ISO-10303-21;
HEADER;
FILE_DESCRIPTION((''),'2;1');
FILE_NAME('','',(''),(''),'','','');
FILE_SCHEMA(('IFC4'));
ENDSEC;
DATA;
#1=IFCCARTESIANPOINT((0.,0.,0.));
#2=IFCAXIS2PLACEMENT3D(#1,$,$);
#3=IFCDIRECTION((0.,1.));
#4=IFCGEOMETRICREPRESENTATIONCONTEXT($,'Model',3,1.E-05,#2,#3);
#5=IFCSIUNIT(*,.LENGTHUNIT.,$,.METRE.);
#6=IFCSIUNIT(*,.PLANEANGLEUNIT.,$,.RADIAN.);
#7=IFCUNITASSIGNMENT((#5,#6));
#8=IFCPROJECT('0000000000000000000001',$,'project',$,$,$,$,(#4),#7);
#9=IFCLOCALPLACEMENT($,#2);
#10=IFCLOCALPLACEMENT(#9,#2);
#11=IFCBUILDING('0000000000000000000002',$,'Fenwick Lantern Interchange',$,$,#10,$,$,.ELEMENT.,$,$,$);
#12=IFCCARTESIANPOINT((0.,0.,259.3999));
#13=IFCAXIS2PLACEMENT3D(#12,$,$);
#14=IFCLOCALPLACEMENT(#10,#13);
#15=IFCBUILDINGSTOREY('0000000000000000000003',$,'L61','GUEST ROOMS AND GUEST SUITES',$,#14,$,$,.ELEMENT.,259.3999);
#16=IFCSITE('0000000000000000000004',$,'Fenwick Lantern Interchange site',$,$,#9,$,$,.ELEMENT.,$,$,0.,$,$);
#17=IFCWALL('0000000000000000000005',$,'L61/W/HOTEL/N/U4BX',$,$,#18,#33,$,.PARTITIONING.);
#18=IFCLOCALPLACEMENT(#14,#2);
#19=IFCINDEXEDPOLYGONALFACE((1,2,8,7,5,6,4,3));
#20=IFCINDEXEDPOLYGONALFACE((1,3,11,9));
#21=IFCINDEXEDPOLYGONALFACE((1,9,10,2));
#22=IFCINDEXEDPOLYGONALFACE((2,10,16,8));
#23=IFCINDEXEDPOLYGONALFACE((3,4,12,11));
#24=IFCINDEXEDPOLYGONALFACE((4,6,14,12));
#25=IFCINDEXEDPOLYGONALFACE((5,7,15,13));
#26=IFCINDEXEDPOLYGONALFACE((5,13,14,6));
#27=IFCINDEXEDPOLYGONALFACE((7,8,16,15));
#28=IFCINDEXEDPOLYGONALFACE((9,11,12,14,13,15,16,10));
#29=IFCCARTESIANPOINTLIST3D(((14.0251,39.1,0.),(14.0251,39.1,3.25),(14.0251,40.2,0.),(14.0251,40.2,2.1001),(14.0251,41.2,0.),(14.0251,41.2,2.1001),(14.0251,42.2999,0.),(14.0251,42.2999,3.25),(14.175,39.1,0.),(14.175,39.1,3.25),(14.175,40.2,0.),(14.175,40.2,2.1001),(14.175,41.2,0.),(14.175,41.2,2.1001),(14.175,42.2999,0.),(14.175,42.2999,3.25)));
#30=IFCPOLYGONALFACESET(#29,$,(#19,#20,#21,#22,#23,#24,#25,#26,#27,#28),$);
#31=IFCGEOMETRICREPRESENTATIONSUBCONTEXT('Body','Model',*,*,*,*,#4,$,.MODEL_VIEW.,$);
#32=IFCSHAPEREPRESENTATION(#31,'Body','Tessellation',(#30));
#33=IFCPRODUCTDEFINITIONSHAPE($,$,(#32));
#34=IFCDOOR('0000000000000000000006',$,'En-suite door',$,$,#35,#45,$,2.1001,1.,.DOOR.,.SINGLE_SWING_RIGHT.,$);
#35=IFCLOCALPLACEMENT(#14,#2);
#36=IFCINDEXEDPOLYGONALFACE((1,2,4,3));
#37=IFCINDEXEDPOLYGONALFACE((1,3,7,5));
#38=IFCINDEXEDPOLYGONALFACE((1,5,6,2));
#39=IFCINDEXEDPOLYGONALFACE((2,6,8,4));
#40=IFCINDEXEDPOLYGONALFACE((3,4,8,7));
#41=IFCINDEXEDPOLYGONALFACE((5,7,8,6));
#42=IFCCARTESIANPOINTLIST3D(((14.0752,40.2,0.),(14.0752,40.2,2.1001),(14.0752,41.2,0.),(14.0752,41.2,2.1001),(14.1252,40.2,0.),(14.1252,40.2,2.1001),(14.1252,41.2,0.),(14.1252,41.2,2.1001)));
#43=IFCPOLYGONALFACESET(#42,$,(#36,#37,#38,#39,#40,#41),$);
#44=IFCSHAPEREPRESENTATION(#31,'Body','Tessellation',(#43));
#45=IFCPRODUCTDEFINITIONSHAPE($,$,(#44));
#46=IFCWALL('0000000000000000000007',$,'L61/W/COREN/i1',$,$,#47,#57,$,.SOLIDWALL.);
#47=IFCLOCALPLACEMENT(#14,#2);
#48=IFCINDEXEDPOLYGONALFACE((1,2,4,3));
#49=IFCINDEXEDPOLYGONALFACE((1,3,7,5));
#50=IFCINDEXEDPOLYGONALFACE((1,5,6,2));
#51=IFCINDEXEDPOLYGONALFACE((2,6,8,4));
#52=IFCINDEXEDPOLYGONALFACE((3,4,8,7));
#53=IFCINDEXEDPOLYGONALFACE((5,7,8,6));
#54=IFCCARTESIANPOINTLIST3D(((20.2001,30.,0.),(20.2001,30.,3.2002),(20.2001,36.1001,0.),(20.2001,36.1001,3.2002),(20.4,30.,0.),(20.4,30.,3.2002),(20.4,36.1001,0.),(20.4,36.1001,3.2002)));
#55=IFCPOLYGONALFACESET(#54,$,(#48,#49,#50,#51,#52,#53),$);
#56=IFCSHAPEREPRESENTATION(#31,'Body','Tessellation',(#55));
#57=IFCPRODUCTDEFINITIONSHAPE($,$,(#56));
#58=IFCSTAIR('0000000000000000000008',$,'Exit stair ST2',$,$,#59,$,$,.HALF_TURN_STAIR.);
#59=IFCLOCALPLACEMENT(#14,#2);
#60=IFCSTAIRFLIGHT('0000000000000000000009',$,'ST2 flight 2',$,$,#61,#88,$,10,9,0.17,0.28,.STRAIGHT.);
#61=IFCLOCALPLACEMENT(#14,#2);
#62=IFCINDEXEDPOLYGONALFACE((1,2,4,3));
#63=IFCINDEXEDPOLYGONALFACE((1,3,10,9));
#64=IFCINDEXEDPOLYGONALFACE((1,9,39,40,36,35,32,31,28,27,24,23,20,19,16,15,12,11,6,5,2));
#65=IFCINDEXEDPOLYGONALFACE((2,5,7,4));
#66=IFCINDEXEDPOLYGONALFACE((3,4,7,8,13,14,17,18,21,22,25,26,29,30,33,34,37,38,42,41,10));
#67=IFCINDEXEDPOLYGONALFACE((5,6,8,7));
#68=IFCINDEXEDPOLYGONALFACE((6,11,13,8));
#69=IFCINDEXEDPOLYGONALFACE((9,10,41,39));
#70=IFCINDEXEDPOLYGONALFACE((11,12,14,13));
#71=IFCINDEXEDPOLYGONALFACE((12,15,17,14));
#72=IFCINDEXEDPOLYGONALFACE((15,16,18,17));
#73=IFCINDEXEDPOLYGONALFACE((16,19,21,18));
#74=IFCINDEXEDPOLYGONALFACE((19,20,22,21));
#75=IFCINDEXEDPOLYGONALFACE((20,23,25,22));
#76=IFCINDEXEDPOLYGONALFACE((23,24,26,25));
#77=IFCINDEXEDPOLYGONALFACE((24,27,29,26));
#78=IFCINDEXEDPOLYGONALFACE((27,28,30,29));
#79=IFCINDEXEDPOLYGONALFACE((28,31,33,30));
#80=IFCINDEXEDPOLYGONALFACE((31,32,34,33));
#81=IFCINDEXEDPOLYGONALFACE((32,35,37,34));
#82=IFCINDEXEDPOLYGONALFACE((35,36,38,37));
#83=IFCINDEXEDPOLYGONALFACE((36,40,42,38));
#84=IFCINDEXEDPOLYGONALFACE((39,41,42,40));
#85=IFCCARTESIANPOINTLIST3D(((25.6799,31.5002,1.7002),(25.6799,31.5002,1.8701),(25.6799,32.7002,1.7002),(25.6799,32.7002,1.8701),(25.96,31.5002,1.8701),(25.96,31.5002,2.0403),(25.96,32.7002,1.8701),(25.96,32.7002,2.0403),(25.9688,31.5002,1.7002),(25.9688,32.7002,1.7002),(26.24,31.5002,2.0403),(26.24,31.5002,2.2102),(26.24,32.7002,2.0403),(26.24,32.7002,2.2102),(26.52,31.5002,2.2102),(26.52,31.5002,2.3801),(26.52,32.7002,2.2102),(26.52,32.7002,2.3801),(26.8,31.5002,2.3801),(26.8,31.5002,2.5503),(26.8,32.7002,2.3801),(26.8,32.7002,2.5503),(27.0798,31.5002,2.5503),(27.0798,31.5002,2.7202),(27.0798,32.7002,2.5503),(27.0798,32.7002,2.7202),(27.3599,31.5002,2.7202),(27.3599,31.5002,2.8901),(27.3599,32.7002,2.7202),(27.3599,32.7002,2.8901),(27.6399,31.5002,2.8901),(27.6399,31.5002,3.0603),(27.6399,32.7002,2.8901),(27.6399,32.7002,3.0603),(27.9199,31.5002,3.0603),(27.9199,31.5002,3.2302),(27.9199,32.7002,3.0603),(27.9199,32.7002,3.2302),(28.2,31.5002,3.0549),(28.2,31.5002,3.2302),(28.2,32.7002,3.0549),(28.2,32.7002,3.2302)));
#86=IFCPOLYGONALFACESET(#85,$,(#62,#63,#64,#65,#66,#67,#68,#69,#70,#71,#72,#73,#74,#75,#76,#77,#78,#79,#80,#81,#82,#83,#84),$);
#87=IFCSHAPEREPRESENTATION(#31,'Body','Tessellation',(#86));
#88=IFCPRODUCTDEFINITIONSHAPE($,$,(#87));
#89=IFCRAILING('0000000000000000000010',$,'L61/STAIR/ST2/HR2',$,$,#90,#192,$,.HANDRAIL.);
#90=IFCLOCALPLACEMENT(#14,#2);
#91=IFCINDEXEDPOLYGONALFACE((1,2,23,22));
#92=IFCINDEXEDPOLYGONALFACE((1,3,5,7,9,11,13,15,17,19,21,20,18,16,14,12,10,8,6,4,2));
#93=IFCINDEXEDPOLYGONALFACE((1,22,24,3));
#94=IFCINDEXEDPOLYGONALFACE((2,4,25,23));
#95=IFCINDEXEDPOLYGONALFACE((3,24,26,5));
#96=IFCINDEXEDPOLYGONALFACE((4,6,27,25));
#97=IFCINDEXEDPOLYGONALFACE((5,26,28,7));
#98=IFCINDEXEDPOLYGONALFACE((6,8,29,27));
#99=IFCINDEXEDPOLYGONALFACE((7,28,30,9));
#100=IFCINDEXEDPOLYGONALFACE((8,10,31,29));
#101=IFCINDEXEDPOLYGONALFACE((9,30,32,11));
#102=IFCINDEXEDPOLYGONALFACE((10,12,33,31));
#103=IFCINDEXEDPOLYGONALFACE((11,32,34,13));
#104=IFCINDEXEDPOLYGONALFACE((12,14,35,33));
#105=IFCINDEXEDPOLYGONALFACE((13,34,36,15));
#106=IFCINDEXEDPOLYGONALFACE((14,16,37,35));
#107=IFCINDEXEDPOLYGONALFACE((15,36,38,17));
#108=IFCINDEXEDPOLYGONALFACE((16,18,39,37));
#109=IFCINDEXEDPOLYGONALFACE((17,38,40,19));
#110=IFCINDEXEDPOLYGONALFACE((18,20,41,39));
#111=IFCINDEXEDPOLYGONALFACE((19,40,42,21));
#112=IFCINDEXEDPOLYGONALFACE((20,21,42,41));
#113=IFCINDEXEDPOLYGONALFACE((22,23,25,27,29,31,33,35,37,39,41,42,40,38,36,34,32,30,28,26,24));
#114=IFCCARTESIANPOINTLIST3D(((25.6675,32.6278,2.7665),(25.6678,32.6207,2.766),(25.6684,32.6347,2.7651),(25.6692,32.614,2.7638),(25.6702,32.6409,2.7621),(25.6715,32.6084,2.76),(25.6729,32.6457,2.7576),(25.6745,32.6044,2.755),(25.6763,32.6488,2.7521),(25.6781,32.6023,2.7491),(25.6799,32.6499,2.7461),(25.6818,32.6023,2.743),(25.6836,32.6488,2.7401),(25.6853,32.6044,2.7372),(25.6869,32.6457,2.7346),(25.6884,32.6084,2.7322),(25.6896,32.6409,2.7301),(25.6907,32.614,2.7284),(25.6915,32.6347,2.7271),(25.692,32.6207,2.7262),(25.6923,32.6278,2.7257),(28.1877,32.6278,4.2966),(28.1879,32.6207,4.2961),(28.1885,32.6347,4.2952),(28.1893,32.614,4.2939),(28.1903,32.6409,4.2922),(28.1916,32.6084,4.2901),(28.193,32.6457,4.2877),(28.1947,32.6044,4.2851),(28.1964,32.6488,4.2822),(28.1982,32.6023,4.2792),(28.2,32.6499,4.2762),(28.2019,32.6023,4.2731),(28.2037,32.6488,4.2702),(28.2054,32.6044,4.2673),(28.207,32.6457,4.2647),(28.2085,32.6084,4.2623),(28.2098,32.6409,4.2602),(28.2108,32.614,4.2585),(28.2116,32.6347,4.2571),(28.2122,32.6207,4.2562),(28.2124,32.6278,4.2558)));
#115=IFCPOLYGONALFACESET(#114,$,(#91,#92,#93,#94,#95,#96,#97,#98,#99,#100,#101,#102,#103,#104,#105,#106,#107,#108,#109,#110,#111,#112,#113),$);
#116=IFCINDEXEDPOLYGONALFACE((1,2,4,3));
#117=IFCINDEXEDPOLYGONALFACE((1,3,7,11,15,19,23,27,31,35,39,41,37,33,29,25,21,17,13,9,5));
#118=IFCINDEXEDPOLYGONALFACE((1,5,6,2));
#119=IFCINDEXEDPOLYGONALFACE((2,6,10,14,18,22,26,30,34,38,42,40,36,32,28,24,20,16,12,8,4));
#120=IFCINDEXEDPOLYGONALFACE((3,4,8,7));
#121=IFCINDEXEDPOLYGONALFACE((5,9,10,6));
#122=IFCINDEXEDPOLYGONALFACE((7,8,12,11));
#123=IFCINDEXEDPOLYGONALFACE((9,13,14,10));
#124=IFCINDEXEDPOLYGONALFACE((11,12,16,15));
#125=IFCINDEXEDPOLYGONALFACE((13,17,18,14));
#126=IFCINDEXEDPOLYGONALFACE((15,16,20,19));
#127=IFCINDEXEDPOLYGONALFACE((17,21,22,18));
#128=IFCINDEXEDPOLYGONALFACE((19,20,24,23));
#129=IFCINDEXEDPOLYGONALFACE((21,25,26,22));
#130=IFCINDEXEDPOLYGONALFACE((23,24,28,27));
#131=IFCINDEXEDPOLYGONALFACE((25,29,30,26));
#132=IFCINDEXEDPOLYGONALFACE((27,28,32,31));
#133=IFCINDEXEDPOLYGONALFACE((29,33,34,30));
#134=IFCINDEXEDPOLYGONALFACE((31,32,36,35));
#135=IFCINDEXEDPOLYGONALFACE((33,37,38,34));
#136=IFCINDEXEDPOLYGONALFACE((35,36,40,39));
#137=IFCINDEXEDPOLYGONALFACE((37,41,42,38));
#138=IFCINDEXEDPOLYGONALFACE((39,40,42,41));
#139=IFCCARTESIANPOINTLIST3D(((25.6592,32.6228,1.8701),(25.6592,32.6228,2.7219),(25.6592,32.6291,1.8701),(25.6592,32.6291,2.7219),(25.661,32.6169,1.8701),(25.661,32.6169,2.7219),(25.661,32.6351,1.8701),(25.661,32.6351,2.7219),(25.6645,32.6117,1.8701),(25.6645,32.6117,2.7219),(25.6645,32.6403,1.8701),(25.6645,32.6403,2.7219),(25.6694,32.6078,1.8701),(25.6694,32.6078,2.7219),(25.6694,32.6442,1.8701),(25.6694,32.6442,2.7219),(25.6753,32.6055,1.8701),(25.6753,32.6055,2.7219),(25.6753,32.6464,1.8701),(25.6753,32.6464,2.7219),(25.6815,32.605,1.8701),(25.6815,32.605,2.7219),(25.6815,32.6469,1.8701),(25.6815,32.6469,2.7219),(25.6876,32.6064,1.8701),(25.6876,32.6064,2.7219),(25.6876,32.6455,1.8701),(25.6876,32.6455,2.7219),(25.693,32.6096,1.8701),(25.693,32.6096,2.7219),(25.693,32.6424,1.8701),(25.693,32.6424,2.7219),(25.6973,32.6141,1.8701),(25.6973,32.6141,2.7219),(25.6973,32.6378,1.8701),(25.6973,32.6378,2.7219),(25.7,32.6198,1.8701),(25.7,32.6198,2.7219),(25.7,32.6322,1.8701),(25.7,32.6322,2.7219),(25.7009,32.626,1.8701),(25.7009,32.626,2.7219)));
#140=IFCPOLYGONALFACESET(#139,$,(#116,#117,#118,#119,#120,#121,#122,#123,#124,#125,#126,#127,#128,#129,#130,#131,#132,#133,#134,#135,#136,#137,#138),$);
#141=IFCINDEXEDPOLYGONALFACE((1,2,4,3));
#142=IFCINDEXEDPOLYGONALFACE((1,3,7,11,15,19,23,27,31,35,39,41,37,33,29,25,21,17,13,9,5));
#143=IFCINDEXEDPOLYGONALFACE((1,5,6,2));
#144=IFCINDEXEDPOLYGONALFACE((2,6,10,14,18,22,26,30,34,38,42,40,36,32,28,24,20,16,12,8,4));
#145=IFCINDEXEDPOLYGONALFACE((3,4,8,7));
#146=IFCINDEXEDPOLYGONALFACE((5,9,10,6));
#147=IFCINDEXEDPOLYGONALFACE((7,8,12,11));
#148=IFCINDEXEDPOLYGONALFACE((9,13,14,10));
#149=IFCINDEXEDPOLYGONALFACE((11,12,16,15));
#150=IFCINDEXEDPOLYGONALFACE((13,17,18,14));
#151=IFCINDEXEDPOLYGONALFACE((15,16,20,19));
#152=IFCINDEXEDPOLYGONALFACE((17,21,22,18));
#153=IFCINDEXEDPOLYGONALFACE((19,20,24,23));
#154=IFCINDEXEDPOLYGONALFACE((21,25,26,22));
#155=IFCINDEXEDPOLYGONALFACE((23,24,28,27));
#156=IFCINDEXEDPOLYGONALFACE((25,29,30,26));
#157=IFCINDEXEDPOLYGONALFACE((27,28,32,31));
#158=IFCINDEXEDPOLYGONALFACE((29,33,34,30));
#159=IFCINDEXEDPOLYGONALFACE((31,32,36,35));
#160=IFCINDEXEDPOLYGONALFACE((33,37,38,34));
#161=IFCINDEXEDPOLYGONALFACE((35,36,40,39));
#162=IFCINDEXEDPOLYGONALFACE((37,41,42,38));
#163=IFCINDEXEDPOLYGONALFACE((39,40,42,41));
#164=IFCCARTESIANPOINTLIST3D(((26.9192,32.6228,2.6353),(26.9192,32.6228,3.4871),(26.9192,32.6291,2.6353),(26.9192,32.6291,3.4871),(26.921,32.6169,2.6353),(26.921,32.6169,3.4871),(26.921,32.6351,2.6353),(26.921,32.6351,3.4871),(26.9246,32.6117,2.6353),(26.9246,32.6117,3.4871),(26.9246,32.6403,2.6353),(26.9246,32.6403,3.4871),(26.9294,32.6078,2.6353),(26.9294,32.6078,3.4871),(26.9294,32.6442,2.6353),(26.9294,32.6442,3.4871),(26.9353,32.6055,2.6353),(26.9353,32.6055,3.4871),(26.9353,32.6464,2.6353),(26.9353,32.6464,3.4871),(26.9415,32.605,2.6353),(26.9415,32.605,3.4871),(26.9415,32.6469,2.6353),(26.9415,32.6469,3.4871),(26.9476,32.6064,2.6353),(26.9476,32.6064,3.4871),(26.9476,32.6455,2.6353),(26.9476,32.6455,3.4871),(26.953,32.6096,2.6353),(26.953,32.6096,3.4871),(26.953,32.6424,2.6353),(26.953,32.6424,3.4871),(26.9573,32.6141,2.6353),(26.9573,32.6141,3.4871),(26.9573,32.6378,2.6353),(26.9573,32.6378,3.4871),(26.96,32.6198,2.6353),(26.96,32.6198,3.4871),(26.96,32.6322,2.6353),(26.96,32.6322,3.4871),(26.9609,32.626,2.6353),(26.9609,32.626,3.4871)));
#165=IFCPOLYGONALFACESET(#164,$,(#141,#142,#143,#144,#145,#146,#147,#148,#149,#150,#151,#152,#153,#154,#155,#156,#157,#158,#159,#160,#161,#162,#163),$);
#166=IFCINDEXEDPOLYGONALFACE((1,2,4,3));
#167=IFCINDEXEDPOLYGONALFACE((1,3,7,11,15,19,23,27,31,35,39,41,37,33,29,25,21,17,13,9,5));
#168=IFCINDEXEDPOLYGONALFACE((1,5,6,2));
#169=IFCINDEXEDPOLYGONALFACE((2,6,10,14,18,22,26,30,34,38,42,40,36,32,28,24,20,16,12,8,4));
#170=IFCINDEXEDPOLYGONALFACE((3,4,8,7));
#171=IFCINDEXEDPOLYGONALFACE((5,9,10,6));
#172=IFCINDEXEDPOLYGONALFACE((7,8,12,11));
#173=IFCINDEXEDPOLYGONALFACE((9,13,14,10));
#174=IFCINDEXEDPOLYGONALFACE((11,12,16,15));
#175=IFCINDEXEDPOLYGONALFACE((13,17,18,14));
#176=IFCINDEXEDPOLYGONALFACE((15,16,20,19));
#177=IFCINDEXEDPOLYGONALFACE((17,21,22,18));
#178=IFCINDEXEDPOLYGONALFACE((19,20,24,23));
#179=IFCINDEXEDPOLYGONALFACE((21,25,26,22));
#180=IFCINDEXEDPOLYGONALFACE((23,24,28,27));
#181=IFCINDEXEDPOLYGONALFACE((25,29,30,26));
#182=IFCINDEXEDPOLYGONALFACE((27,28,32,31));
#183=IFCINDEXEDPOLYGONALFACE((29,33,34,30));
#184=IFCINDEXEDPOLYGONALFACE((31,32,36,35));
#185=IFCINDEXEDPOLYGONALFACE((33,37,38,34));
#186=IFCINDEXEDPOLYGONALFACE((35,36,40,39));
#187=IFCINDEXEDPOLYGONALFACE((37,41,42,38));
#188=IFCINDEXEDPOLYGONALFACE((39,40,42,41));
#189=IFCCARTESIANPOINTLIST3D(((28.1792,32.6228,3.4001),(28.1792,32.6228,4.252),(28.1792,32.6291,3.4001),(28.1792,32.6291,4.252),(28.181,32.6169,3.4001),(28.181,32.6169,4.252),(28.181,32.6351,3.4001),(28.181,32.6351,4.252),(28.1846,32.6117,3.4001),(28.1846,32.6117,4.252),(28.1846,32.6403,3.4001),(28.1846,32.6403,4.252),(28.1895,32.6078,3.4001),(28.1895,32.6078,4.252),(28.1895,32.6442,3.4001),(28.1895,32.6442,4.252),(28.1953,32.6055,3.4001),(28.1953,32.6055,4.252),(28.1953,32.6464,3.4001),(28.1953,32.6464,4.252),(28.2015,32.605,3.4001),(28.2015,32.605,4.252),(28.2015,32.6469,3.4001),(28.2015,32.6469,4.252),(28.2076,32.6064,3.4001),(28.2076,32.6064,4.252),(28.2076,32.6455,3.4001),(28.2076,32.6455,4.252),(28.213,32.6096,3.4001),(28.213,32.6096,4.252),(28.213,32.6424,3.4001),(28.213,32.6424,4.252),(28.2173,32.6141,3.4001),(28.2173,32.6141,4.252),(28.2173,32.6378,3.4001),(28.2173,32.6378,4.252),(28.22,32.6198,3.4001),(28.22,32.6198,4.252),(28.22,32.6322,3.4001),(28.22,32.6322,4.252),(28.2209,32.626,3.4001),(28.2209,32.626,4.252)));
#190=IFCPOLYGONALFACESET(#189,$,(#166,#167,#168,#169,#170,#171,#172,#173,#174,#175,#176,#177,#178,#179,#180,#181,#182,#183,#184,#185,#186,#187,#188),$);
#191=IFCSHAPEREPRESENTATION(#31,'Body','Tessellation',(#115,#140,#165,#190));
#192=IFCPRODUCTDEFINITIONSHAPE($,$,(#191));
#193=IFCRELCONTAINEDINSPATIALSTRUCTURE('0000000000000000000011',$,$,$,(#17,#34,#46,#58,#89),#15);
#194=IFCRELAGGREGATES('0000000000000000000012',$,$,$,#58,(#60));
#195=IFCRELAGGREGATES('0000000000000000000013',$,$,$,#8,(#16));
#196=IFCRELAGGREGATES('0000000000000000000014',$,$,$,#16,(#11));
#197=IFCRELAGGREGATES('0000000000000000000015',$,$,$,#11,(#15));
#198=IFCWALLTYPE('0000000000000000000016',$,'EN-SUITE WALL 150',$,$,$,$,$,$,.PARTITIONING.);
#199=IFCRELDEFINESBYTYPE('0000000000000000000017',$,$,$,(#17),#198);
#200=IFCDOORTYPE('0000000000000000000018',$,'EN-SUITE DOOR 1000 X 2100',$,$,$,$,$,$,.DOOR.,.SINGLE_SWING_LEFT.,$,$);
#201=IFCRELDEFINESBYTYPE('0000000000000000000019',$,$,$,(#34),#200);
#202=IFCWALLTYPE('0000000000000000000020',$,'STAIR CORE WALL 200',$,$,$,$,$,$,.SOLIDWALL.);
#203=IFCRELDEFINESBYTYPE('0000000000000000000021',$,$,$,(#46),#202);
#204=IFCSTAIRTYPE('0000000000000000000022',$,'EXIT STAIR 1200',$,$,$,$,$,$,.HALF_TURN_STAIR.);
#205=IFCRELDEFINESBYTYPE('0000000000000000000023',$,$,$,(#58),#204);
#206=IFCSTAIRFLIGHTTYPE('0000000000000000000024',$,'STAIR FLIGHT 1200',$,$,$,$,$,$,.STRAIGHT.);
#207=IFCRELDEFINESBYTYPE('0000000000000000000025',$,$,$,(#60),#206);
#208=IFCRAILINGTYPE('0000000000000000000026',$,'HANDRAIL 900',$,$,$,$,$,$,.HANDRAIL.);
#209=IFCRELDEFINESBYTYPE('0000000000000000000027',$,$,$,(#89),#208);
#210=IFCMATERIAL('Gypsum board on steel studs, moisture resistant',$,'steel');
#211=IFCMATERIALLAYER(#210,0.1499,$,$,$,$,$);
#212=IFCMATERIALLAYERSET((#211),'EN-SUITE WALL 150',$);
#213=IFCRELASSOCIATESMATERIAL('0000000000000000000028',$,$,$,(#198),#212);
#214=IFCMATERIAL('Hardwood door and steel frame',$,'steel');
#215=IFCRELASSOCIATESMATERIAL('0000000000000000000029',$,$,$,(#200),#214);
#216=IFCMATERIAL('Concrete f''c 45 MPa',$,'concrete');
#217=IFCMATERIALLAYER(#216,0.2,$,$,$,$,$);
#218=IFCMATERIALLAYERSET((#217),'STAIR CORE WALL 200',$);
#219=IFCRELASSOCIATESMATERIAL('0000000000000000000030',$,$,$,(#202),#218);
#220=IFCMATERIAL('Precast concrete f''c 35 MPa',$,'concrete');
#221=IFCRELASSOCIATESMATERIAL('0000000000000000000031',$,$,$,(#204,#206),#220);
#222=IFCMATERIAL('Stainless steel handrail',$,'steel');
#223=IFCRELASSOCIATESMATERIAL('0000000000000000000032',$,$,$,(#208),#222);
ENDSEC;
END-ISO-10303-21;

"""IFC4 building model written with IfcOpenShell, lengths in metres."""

from ifc_helpers import new_model, si_unit, direction, frame, frame_2d, origin, origin_2d, place, context, subcontext, project, spatial, polyline, rectangle, circle, outline, extrude, material, layer, layer_set, type_object, element, fill, aggregate, save


model = new_model("IFC4")

# Units and contexts
model_context = context("Model", 3, precision=1e-05, world=origin(), true_north=direction((0.0, 1.0)))
body_context = subcontext(model_context, "Body", "Model", "MODEL_VIEW")
ifc_project = project(units=[si_unit("LENGTHUNIT", "METRE"), si_unit("PLANEANGLEUNIT", "RADIAN")], contexts=[model_context])

# Site, building, storey
site_placement = place(None, origin())
site = spatial("IfcSite", under=ifc_project, at=site_placement, Name="Fenwick Lantern Interchange site", CompositionType="ELEMENT", RefElevation=0.0)
building_placement = place(site_placement, origin())
building = spatial("IfcBuilding", under=site, at=building_placement, Name="Fenwick Lantern Interchange", CompositionType="ELEMENT")
storey_placement = place(building_placement, frame((0.0, 0.0, 259.3999)))
storey = spatial("IfcBuildingStorey", under=building, at=storey_placement, Name="L61", Description="GUEST ROOMS AND GUEST SUITES", CompositionType="ELEMENT", Elevation=259.3999)

# Shared definitions
ifc_material_1 = material(Name="Hardwood door and steel frame", Category="steel")

# Shared definitions
ifc_material_2 = material(Name="Gypsum board on steel studs, moisture resistant", Category="steel")
ifc_layer_1 = layer(ifc_material_2, 0.1499)
ifc_layer_set_1 = layer_set([ifc_layer_1], Name="EN-SUITE WALL 150")
wall_type_1 = type_object("IfcWallType", Name="EN-SUITE WALL 150", PredefinedType="PARTITIONING", material=ifc_layer_set_1)

# Wall, opening, door
wall_1_placement = place(storey_placement, frame((14.1001, 42.3, 0.0), z_axis=(0.0, 0.0, 1.0), x_axis=(0.0, -1.0, 0.0)))
wall_1 = element("IfcWall", 1, at=wall_1_placement, inside=storey, type_object=wall_type_1, Name="L61/W/HOTEL/N/U4BX", PredefinedType="PARTITIONING", context=body_context, shape_type="SweptSolid", body=[
    extrude(rectangle(XDim=3.2, YDim=0.1499, at=frame_2d((1.6001, 0.0))), origin(), (0.0, 0.0, 1.0), 3.25),
])
opening_1_placement = place(wall_1_placement, frame((1.1001, 0.0, 0.0)))
opening_1 = element("IfcOpeningElement", 2, at=opening_1_placement, cuts=wall_1, PredefinedType="OPENING", context=body_context, shape_type="SweptSolid", body=[
    extrude(rectangle(XDim=1.0, YDim=2.1001, at=frame_2d((0.5, 1.05))), frame((0.0, 0.085, 0.0), z_axis=(0.0, -1.0, 0.0), x_axis=(1.0, 0.0, 0.0)), (0.0, 0.0, 1.0), 0.1699),
])
door_type_1 = type_object("IfcDoorType", Name="EN-SUITE DOOR 1000 X 2100", OperationType="SINGLE_SWING_LEFT", PredefinedType="DOOR", material=ifc_material_1)
door_1_placement = place(opening_1_placement, frame((1.0, 0.0, 0.0), z_axis=(0.0, 0.0, 1.0), x_axis=(-1.0, 0.0, 0.0)))
door_1 = element("IfcDoor", 3, at=door_1_placement, inside=storey, type_object=door_type_1, Name="En-suite door", OperationType="SINGLE_SWING_RIGHT", OverallHeight=2.1001, OverallWidth=1.0, PredefinedType="DOOR", context=body_context, shape_type="SweptSolid", body=[
    extrude(rectangle(XDim=1.0, YDim=2.1001, at=frame_2d((0.5, 1.05))), frame((0.0, 0.0249, 0.0), z_axis=(0.0, -1.0, 0.0), x_axis=(1.0, 0.0, 0.0)), (0.0, 0.0, 1.0), 0.05),
])
fill(opening_1, door_1)

# Wall
ifc_material_3 = material(Name="Concrete f'c 45 MPa", Category="concrete")
ifc_layer_2 = layer(ifc_material_3, 0.2)
ifc_layer_set_2 = layer_set([ifc_layer_2], Name="STAIR CORE WALL 200")
wall_type_2 = type_object("IfcWallType", Name="STAIR CORE WALL 200", PredefinedType="SOLIDWALL", material=ifc_layer_set_2)
wall_2_placement = place(storey_placement, frame((20.3, 36.1001, 0.0), z_axis=(0.0, 0.0, 1.0), x_axis=(0.0, -1.0, 0.0)))
element("IfcWall", 4, at=wall_2_placement, inside=storey, type_object=wall_type_2, Name="L61/W/COREN/i1", PredefinedType="SOLIDWALL", context=body_context, shape_type="SweptSolid", body=[
    extrude(rectangle(XDim=6.1001, YDim=0.2, at=frame_2d((3.05, 0.0))), origin(), (0.0, 0.0, 1.0), 3.2002),
])

# Stair, stair flight
ifc_material_4 = material(Name="Precast concrete f'c 35 MPa", Category="concrete")
stair_type = type_object("IfcStairType", Name="EXIT STAIR 1200", PredefinedType="HALF_TURN_STAIR", material=ifc_material_4)
stair_placement = place(storey_placement, origin())
stair = element("IfcStair", 5, at=stair_placement, inside=storey, type_object=stair_type, Name="Exit stair ST2", PredefinedType="HALF_TURN_STAIR")
stair_flight_type = type_object("IfcStairFlightType", Name="STAIR FLIGHT 1200", PredefinedType="STRAIGHT", material=ifc_material_4)
stair_flight_placement = place(storey_placement, frame((25.6799, 32.1001, 1.7002), z_axis=(0.0, 0.0, 1.0), x_axis=(1.0, 0.0, 0.0)))
stair_flight = element("IfcStairFlight", 6, at=stair_flight_placement, type_object=stair_flight_type, Name="ST2 flight 2", NumberOfRisers=10, NumberOfTreads=9, PredefinedType="STRAIGHT", RiserHeight=0.17, TreadLength=0.28, context=body_context, shape_type="SweptSolid", body=[
    extrude(outline(polyline([(0.0, 0.0), (0.0, 0.1699), (0.28, 0.1699), (0.28, 0.3401), (0.5601, 0.3401), (0.5601, 0.51), (0.8401, 0.51), (0.8401, 0.6799), (1.1201, 0.6799), (1.1201, 0.8501), (1.3999, 0.8501), (1.3999, 1.02), (1.6799, 1.02), (1.6799, 1.1899), (1.96, 1.1899), (1.96, 1.3601), (2.24, 1.3601), (2.24, 1.53), (2.52, 1.53), (2.52, 1.7), (2.52, 1.3547), (0.2888, 0.0), (0.0, 0.0)])), frame((0.0, 0.6001, 0.0), z_axis=(0.0, -1.0, 0.0), x_axis=(1.0, 0.0, 0.0)), (0.0, 0.0, 1.0), 1.2),
])
aggregate(stair, [stair_flight])

# Railing
ifc_material_5 = material(Name="Stainless steel handrail", Category="steel")
railing_type = type_object("IfcRailingType", Name="HANDRAIL 900", PredefinedType="HANDRAIL", material=ifc_material_5)
railing_placement = place(storey_placement, frame((25.6799, 32.626, 1.8701)))
element("IfcRailing", 7, at=railing_placement, inside=storey, type_object=railing_type, Name="L61/STAIR/ST2/HR2", PredefinedType="HANDRAIL", context=body_context, shape_type="SweptSolid", body=[
    extrude(circle(Radius=0.0239, at=origin_2d()), frame((0.0, 0.0, 0.876), z_axis=(0.854785, 0.0, 0.518982), x_axis=(0.0, 1.0, 0.0)), (0.0, 0.0, 1.0), 2.9482),
    extrude(circle(Radius=0.021, at=origin_2d()), origin(), (0.0, 0.0, 1.0), 0.8518),
    extrude(circle(Radius=0.021, at=origin_2d()), frame((1.26, 0.0, 0.7651)), (0.0, 0.0, 1.0), 0.8518),
    extrude(circle(Radius=0.021, at=origin_2d()), frame((2.52, 0.0, 1.53)), (0.0, 0.0, 1.0), 0.8518),
])

save(model, "model.ifc")
